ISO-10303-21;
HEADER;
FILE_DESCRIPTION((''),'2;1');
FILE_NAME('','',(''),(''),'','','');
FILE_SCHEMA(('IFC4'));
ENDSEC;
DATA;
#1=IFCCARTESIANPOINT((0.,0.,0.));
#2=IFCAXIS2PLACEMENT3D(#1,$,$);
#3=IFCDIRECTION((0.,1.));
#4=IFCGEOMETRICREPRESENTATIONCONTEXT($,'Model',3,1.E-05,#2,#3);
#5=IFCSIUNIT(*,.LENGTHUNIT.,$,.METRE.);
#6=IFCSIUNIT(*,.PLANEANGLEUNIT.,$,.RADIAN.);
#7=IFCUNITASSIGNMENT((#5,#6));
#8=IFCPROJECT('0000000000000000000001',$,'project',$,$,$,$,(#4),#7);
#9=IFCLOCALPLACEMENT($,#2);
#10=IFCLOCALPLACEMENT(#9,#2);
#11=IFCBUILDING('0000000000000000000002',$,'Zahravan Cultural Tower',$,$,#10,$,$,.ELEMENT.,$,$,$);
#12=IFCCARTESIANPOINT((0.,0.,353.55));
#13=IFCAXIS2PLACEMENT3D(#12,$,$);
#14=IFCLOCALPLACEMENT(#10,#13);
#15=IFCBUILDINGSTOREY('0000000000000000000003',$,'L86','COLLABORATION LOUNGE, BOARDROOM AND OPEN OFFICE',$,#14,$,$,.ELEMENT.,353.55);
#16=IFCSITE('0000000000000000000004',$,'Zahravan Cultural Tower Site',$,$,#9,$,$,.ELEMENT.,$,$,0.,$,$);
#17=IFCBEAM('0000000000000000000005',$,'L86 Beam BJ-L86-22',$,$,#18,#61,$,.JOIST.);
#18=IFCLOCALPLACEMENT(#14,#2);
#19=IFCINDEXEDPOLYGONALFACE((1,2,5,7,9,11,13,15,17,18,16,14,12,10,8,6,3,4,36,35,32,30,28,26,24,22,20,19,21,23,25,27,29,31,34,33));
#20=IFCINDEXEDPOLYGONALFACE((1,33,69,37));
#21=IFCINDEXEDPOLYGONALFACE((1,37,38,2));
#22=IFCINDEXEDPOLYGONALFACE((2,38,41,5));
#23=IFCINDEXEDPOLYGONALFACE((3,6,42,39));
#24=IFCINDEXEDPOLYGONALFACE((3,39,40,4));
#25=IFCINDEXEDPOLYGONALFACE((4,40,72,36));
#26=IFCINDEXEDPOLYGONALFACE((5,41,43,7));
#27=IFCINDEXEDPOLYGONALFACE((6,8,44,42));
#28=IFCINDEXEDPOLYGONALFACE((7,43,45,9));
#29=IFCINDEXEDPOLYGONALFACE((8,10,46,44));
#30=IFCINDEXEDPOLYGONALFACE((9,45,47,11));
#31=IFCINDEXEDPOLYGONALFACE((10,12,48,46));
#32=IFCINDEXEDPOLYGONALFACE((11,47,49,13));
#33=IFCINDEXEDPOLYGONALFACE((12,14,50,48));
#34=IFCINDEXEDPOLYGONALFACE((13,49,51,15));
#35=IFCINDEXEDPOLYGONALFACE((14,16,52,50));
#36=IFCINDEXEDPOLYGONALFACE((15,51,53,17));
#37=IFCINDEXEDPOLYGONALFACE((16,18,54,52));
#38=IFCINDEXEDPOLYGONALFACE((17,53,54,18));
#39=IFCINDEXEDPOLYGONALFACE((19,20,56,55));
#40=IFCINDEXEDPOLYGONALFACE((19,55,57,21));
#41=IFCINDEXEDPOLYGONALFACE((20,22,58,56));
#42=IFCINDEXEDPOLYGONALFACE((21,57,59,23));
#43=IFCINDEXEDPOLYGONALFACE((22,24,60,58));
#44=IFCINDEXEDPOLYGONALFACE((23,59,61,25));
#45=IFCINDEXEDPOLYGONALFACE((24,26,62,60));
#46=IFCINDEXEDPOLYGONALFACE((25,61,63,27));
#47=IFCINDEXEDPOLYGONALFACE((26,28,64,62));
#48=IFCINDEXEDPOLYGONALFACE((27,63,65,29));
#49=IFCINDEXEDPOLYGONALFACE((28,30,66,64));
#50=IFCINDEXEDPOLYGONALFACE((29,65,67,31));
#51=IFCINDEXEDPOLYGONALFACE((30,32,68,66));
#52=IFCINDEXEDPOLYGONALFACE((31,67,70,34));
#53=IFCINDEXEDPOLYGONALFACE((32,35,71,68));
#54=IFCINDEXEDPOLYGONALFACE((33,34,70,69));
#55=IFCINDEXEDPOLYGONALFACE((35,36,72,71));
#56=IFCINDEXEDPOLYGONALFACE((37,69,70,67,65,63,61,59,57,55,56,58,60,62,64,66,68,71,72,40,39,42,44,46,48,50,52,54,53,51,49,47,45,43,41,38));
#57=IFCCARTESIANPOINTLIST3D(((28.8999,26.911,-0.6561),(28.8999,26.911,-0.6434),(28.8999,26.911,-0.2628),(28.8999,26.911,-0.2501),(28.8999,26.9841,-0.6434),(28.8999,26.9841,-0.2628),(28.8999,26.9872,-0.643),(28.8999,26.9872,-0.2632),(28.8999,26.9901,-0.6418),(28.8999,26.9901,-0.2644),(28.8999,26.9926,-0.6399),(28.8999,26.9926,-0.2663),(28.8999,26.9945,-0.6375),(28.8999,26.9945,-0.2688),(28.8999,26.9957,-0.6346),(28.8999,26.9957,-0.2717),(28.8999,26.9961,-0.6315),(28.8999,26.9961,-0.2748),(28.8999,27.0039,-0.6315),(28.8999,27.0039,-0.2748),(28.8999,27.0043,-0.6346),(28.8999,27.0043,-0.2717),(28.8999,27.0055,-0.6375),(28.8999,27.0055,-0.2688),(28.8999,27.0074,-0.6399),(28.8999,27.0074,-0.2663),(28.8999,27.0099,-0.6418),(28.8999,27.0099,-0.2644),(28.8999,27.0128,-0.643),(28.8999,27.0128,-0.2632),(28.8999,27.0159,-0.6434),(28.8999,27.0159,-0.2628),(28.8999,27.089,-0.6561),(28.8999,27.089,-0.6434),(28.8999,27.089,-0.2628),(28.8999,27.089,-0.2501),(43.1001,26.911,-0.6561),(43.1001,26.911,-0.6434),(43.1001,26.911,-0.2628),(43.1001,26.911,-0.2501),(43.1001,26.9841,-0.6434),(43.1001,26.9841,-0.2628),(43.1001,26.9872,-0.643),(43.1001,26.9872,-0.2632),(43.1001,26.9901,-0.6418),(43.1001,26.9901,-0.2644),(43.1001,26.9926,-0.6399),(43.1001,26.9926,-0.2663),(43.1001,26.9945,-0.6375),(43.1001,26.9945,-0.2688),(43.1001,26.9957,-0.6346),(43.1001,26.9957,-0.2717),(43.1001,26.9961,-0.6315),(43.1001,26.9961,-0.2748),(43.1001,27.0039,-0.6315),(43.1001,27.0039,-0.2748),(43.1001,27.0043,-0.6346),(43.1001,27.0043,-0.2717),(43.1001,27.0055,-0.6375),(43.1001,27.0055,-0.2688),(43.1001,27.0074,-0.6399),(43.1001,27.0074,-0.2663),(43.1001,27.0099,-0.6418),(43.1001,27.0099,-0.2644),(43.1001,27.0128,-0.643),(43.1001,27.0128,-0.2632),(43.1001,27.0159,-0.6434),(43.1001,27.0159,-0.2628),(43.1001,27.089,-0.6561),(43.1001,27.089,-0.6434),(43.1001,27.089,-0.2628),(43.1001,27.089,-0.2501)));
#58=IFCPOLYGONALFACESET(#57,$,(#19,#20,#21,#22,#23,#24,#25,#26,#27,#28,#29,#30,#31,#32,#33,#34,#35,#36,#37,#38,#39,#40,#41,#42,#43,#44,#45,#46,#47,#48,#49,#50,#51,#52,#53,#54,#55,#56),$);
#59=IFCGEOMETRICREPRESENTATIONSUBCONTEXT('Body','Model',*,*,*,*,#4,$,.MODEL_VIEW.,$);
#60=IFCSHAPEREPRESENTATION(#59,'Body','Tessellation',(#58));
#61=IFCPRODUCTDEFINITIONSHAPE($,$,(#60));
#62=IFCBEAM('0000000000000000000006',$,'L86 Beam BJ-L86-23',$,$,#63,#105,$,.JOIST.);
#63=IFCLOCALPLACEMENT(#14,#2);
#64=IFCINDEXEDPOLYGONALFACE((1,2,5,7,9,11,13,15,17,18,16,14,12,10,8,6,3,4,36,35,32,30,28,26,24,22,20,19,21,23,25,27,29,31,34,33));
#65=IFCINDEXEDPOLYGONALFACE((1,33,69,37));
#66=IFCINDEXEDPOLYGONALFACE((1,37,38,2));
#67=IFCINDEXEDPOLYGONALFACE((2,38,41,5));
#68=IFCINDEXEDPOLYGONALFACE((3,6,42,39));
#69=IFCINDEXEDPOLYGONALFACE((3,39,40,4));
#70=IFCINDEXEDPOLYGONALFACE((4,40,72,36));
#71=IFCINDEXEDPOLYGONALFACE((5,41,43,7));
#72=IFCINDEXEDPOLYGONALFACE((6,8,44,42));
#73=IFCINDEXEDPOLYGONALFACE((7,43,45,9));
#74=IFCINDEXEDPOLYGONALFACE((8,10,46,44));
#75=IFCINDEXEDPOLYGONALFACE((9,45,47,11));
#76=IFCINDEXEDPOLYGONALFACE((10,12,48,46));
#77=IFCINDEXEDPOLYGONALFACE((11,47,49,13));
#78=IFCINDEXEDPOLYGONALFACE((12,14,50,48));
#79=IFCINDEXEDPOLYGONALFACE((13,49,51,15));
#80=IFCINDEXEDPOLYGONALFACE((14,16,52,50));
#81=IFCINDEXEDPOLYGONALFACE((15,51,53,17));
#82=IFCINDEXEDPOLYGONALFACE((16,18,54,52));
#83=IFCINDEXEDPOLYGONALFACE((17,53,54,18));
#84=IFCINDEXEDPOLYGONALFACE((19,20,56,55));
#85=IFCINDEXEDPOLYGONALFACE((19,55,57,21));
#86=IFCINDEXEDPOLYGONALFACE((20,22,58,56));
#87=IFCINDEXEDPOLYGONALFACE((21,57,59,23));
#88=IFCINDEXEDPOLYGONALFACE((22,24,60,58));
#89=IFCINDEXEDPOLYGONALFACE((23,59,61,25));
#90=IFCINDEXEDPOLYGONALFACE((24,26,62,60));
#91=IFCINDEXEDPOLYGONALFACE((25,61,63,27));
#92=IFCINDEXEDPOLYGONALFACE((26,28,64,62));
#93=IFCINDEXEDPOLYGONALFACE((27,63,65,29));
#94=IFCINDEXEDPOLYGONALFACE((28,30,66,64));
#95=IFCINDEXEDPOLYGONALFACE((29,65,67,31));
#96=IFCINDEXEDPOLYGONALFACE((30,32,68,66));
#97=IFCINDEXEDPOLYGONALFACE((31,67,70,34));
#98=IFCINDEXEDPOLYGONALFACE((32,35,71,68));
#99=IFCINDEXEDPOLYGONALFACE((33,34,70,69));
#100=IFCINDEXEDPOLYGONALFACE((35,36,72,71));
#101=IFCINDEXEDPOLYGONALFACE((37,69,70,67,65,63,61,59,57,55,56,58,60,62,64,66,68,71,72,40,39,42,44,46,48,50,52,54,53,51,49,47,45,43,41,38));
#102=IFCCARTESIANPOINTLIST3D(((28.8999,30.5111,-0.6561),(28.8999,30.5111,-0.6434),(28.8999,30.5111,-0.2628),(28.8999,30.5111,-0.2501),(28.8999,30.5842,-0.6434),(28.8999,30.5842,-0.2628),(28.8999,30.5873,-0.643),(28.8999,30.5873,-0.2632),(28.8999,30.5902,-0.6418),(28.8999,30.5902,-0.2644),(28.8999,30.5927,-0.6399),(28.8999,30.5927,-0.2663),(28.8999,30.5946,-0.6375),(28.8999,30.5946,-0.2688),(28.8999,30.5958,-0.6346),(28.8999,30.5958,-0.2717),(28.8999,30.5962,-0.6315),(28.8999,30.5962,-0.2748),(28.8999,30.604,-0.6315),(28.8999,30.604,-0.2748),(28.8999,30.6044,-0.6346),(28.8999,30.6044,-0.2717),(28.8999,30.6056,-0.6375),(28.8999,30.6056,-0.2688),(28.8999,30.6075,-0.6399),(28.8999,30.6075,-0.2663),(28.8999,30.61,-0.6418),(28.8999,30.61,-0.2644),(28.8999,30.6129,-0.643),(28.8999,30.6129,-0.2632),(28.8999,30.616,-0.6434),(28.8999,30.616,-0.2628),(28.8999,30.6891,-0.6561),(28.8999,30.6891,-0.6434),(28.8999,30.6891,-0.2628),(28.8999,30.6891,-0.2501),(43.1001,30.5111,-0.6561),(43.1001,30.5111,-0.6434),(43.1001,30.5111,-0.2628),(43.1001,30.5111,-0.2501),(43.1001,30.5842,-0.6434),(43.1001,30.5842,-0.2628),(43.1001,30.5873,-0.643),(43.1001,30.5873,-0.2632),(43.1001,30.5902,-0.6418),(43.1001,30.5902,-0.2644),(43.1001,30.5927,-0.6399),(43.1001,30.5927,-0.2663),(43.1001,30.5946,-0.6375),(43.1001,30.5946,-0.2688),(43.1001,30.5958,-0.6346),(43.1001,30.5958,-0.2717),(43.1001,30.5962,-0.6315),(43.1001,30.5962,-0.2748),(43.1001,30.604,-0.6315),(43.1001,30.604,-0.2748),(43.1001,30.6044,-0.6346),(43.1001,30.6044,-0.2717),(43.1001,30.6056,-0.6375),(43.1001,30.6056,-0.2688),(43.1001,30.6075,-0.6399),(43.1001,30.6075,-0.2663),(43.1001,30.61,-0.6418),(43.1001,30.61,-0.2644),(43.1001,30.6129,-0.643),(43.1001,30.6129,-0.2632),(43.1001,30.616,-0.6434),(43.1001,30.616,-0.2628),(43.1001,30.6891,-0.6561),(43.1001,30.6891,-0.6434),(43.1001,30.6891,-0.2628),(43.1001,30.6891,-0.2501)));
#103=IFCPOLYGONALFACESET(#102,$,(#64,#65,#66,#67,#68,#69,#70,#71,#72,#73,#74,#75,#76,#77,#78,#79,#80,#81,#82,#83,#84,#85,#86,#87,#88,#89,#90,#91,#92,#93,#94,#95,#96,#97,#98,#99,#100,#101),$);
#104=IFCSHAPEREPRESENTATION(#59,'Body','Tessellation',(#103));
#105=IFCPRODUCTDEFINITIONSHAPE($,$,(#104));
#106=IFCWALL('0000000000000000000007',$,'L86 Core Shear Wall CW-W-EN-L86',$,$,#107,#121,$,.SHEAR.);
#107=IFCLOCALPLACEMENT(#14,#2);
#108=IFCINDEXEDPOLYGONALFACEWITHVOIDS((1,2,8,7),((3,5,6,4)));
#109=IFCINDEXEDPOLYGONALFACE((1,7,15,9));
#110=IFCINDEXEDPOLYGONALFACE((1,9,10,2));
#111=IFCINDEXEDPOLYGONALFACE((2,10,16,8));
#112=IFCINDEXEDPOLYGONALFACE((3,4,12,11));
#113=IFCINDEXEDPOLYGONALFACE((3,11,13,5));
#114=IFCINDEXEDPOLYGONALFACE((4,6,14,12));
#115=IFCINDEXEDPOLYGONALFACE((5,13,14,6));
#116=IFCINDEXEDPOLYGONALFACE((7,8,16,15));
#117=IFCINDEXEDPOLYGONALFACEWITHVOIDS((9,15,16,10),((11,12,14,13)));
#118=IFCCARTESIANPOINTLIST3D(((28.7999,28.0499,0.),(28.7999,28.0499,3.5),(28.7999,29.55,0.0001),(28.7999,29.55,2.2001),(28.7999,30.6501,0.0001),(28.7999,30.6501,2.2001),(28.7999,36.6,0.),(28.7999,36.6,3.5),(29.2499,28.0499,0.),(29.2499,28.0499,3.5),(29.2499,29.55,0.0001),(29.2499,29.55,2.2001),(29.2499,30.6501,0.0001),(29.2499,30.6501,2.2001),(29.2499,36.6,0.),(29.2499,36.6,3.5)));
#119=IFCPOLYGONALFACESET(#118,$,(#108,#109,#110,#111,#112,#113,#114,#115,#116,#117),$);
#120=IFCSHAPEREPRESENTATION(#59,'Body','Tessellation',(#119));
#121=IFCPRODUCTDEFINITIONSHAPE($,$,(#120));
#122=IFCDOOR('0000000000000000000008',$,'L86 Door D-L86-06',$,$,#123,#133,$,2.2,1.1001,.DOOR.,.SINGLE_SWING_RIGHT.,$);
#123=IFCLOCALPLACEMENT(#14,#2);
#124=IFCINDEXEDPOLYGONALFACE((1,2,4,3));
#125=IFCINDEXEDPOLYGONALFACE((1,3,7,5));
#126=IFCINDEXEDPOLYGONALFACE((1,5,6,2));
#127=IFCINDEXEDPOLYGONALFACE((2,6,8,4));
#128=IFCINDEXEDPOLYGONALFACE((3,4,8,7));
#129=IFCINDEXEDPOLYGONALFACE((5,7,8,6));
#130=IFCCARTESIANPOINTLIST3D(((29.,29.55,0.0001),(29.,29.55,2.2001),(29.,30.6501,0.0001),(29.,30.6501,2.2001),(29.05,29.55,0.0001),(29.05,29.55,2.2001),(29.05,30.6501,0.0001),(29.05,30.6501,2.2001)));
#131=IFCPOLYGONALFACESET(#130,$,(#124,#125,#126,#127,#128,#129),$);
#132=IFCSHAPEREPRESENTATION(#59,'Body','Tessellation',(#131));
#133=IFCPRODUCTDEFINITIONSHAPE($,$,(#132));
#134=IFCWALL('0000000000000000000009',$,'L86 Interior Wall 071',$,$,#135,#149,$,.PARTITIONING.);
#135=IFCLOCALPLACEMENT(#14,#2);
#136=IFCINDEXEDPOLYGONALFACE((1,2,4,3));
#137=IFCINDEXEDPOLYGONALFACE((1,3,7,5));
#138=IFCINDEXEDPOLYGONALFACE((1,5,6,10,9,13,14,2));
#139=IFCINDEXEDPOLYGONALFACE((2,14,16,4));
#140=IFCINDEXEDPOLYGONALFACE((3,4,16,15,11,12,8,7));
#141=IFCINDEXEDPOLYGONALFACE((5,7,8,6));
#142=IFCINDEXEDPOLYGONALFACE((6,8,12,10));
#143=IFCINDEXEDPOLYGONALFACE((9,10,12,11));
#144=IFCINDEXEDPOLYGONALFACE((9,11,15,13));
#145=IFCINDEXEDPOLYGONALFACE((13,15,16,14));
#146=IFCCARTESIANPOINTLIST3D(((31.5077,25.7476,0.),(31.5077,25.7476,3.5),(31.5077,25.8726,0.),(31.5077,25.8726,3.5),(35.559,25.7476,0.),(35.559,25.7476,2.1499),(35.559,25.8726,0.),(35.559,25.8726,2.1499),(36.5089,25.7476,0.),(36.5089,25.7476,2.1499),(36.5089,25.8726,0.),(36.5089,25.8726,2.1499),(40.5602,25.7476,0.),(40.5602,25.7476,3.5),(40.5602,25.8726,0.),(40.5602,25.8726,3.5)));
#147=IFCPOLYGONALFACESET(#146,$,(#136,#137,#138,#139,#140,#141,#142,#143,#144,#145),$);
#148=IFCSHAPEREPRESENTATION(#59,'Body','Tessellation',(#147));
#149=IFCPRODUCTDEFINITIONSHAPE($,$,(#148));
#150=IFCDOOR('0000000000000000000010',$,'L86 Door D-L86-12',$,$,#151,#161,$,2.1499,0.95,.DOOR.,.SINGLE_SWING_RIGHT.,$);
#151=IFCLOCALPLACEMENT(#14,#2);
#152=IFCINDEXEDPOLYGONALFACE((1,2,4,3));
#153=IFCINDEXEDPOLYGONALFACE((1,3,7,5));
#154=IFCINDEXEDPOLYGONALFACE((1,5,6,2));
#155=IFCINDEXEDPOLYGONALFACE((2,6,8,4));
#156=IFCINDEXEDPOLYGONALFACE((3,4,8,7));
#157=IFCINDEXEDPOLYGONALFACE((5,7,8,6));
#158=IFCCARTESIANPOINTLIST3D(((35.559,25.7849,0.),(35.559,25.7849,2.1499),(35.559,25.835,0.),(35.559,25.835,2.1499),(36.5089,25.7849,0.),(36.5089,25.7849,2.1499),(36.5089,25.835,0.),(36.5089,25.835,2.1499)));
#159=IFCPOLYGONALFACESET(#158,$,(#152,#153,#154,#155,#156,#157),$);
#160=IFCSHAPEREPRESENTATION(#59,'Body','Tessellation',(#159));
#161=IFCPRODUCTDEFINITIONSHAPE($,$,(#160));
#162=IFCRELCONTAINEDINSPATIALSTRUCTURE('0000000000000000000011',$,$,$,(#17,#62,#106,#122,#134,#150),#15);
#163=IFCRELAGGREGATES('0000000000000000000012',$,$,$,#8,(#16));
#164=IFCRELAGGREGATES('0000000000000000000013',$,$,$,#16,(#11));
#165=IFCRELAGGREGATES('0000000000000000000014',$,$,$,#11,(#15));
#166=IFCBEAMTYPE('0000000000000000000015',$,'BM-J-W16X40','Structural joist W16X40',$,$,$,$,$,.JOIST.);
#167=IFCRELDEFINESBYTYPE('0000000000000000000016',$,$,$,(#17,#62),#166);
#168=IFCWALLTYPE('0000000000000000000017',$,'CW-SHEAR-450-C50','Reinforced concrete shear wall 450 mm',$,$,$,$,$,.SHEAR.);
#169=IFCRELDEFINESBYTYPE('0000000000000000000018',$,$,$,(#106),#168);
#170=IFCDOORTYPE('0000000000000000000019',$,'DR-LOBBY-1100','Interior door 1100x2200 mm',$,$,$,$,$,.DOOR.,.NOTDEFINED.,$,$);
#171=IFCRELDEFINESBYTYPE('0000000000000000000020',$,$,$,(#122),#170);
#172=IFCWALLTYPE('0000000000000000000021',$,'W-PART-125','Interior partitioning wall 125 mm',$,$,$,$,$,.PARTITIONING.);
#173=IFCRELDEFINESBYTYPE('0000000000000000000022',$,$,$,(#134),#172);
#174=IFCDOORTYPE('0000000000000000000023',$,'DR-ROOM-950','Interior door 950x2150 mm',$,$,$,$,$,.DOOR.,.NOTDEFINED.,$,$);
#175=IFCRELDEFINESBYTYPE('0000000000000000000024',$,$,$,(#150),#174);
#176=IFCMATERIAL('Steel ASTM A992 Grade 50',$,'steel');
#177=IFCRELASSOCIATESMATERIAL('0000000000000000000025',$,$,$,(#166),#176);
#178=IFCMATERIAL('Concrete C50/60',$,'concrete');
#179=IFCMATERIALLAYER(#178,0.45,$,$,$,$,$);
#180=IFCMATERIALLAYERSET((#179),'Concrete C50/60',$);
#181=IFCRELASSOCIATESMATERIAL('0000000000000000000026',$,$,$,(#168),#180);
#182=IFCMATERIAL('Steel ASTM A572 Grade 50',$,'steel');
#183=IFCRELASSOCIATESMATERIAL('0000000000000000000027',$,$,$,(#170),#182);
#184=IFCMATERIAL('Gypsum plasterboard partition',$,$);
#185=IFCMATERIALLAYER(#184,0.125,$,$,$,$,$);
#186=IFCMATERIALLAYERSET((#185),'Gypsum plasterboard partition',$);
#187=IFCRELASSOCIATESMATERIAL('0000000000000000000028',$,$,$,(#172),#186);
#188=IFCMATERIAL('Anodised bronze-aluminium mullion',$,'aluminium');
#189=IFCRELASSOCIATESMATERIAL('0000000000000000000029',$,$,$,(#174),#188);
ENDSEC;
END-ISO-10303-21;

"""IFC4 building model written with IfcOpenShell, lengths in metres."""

from ifc_helpers import new_model, si_unit, direction, frame, frame_2d, origin, origin_2d, place, context, subcontext, project, spatial, rectangle, i_section, extrude, source, transform, mapped, material, layer, layer_set, material_profile, profile_set, type_object, element, fill, save


model = new_model("IFC4")

# Units and contexts
model_context = context("Model", 3, precision=1e-05, world=origin(), true_north=direction((0.0, 1.0)))
body_context = subcontext(model_context, "Body", "Model", "MODEL_VIEW")
ifc_project = project(units=[si_unit("LENGTHUNIT", "METRE"), si_unit("PLANEANGLEUNIT", "RADIAN")], contexts=[model_context])

# Site, building, storey
site_placement = place(None, origin())
site = spatial("IfcSite", under=ifc_project, at=site_placement, Name="Zahravan Cultural Tower Site", CompositionType="ELEMENT", RefElevation=0.0)
building_placement = place(site_placement, origin())
building = spatial("IfcBuilding", under=site, at=building_placement, Name="Zahravan Cultural Tower", CompositionType="ELEMENT")
storey_placement = place(building_placement, frame((0.0, 0.0, 353.55)))
storey = spatial("IfcBuildingStorey", under=building, at=storey_placement, Name="L86", Description="COLLABORATION LOUNGE, BOARDROOM AND OPEN OFFICE", CompositionType="ELEMENT", Elevation=353.55)

# Beams
ifc_material_1 = material(Name="Steel ASTM A992 Grade 50", Category="steel")
ifc_material_profile = material_profile(ifc_material_1, i_section(OverallWidth=0.178, OverallDepth=0.406, WebThickness=0.0078, FlangeThickness=0.0127, FilletRadius=0.012, at=origin_2d()), Name="W16X40")
ifc_profile_set = profile_set([ifc_material_profile], Name="Steel ASTM A992 Grade 50")
beam_type = type_object("IfcBeamType", Name="BM-J-W16X40", Description="Structural joist W16X40", PredefinedType="JOIST", material=ifc_profile_set)
shared_shape_1 = source(origin(), body_context, "Body", "SweptSolid", [
    extrude(i_section(OverallWidth=0.178, OverallDepth=0.406, WebThickness=0.0078, FlangeThickness=0.0127, FilletRadius=0.012, at=origin_2d()), origin(), (0.0, 0.0, 1.0), 14.2002),
])
for number, where, z_axis, x_axis, name in (
    (1, (28.8999, 27.0, -0.4531), (1.0, 0.0, 0.0), (0.0, 1.0, 0.0), "L86 Beam BJ-L86-22"),
    (2, (28.8999, 30.6001, -0.4531), (1.0, 0.0, 0.0), (0.0, 1.0, 0.0), "L86 Beam BJ-L86-23"),
):
    element("IfcBeam", number, at=place(storey_placement, frame(where, z_axis=z_axis, x_axis=x_axis)), inside=storey, type_object=beam_type, Name=name, PredefinedType="JOIST", context=body_context, shape_type="MappedRepresentation", body=[
        mapped(shared_shape_1, transform((0.0, 0.0, 0.0), x_axis=(1.0, 0.0, 0.0), y_axis=(0.0, 1.0, 0.0), z_axis=(0.0, 0.0, 1.0), scale=1.0)),
    ])

# Walls, openings, doors
ifc_material_2 = material(Name="Concrete C50/60", Category="concrete")
ifc_layer_1 = layer(ifc_material_2, 0.45)
ifc_layer_set_1 = layer_set([ifc_layer_1], Name="Concrete C50/60")
wall_type_1 = type_object("IfcWallType", Name="CW-SHEAR-450-C50", Description="Reinforced concrete shear wall 450 mm", PredefinedType="SHEAR", material=ifc_layer_set_1)
wall_1_placement = place(storey_placement, frame((29.0249, 28.05, 0.0), z_axis=(0.0, 0.0, 1.0), x_axis=(0.0, 1.0, 0.0)))
wall_1 = element("IfcWall", 3, at=wall_1_placement, inside=storey, type_object=wall_type_1, Name="L86 Core Shear Wall CW-W-EN-L86", PredefinedType="SHEAR", context=body_context, shape_type="SweptSolid", body=[
    extrude(rectangle(XDim=8.55, YDim=0.45, at=frame_2d((4.2749, 0.0))), origin(), (0.0, 0.0, 1.0), 3.5),
])
opening_1_placement = place(wall_1_placement, frame((1.5, 0.0, 0.0)))
opening_1 = element("IfcOpeningElement", 4, at=opening_1_placement, cuts=wall_1, PredefinedType="OPENING", context=body_context, shape_type="SweptSolid", body=[
    extrude(rectangle(XDim=1.1001, YDim=2.2, at=frame_2d((0.55, 1.1001))), frame((0.0, 0.2349, 0.0), z_axis=(0.0, -1.0, 0.0), x_axis=(1.0, 0.0, 0.0)), (0.0, 0.0, 1.0), 0.47),
])
ifc_material_3 = material(Name="Steel ASTM A572 Grade 50", Category="steel")
door_type_1 = type_object("IfcDoorType", Name="DR-LOBBY-1100", Description="Interior door 1100x2200 mm", OperationType="NOTDEFINED", PredefinedType="DOOR", material=ifc_material_3)
shared_shape_2 = source(origin(), body_context, "Body", "SweptSolid", [
    extrude(rectangle(XDim=1.1001, YDim=2.2, at=frame_2d((0.55, 1.1001))), frame((0.0, 0.0249, 0.0), z_axis=(0.0, -1.0, 0.0), x_axis=(1.0, 0.0, 0.0)), (0.0, 0.0, 1.0), 0.05),
])
door_1_placement = place(opening_1_placement, origin())
door_1 = element("IfcDoor", 5, at=door_1_placement, inside=storey, type_object=door_type_1, Name="L86 Door D-L86-06", OperationType="SINGLE_SWING_RIGHT", OverallHeight=2.2, OverallWidth=1.1001, PredefinedType="DOOR", context=body_context, shape_type="MappedRepresentation", body=[
    mapped(shared_shape_2, transform((0.0, 0.0, 0.0), x_axis=(1.0, 0.0, 0.0), y_axis=(0.0, 1.0, 0.0), z_axis=(0.0, 0.0, 1.0), scale=1.0)),
])
fill(opening_1, door_1)
ifc_material_4 = material(Name="Gypsum plasterboard partition")
ifc_layer_2 = layer(ifc_material_4, 0.125)
ifc_layer_set_2 = layer_set([ifc_layer_2], Name="Gypsum plasterboard partition")
wall_type_2 = type_object("IfcWallType", Name="W-PART-125", Description="Interior partitioning wall 125 mm", PredefinedType="PARTITIONING", material=ifc_layer_set_2)
wall_2_placement = place(storey_placement, frame((31.5076, 25.8101, 0.0), z_axis=(0.0, 0.0, 1.0), x_axis=(1.0, 0.0, 0.0)))
wall_2 = element("IfcWall", 6, at=wall_2_placement, inside=storey, type_object=wall_type_2, Name="L86 Interior Wall 071", PredefinedType="PARTITIONING", context=body_context, shape_type="SweptSolid", body=[
    extrude(rectangle(XDim=9.0525, YDim=0.125, at=frame_2d((4.5264, 0.0))), origin(), (0.0, 0.0, 1.0), 3.5),
])
opening_2_placement = place(wall_2_placement, frame((4.0513, 0.0, 0.0)))
opening_2 = element("IfcOpeningElement", 7, at=opening_2_placement, cuts=wall_2, PredefinedType="OPENING", context=body_context, shape_type="SweptSolid", body=[
    extrude(rectangle(XDim=0.95, YDim=2.1499, at=frame_2d((0.4751, 1.075))), frame((0.0, 0.0725, 0.0), z_axis=(0.0, -1.0, 0.0), x_axis=(1.0, 0.0, 0.0)), (0.0, 0.0, 1.0), 0.145),
])
ifc_material_5 = material(Name="Anodised bronze-aluminium mullion", Category="aluminium")
door_type_2 = type_object("IfcDoorType", Name="DR-ROOM-950", Description="Interior door 950x2150 mm", OperationType="NOTDEFINED", PredefinedType="DOOR", material=ifc_material_5)
shared_shape_3 = source(origin(), body_context, "Body", "SweptSolid", [
    extrude(rectangle(XDim=0.95, YDim=2.1499, at=frame_2d((0.4751, 1.075))), frame((0.0, 0.0249, 0.0), z_axis=(0.0, -1.0, 0.0), x_axis=(1.0, 0.0, 0.0)), (0.0, 0.0, 1.0), 0.05),
])
door_2_placement = place(opening_2_placement, origin())
door_2 = element("IfcDoor", 8, at=door_2_placement, inside=storey, type_object=door_type_2, Name="L86 Door D-L86-12", OperationType="SINGLE_SWING_RIGHT", OverallHeight=2.1499, OverallWidth=0.95, PredefinedType="DOOR", context=body_context, shape_type="MappedRepresentation", body=[
    mapped(shared_shape_3, transform((0.0, 0.0, 0.0), x_axis=(1.0, 0.0, 0.0), y_axis=(0.0, 1.0, 0.0), z_axis=(0.0, 0.0, 1.0), scale=1.0)),
])
fill(opening_2, door_2)

save(model, "model.ifc")
